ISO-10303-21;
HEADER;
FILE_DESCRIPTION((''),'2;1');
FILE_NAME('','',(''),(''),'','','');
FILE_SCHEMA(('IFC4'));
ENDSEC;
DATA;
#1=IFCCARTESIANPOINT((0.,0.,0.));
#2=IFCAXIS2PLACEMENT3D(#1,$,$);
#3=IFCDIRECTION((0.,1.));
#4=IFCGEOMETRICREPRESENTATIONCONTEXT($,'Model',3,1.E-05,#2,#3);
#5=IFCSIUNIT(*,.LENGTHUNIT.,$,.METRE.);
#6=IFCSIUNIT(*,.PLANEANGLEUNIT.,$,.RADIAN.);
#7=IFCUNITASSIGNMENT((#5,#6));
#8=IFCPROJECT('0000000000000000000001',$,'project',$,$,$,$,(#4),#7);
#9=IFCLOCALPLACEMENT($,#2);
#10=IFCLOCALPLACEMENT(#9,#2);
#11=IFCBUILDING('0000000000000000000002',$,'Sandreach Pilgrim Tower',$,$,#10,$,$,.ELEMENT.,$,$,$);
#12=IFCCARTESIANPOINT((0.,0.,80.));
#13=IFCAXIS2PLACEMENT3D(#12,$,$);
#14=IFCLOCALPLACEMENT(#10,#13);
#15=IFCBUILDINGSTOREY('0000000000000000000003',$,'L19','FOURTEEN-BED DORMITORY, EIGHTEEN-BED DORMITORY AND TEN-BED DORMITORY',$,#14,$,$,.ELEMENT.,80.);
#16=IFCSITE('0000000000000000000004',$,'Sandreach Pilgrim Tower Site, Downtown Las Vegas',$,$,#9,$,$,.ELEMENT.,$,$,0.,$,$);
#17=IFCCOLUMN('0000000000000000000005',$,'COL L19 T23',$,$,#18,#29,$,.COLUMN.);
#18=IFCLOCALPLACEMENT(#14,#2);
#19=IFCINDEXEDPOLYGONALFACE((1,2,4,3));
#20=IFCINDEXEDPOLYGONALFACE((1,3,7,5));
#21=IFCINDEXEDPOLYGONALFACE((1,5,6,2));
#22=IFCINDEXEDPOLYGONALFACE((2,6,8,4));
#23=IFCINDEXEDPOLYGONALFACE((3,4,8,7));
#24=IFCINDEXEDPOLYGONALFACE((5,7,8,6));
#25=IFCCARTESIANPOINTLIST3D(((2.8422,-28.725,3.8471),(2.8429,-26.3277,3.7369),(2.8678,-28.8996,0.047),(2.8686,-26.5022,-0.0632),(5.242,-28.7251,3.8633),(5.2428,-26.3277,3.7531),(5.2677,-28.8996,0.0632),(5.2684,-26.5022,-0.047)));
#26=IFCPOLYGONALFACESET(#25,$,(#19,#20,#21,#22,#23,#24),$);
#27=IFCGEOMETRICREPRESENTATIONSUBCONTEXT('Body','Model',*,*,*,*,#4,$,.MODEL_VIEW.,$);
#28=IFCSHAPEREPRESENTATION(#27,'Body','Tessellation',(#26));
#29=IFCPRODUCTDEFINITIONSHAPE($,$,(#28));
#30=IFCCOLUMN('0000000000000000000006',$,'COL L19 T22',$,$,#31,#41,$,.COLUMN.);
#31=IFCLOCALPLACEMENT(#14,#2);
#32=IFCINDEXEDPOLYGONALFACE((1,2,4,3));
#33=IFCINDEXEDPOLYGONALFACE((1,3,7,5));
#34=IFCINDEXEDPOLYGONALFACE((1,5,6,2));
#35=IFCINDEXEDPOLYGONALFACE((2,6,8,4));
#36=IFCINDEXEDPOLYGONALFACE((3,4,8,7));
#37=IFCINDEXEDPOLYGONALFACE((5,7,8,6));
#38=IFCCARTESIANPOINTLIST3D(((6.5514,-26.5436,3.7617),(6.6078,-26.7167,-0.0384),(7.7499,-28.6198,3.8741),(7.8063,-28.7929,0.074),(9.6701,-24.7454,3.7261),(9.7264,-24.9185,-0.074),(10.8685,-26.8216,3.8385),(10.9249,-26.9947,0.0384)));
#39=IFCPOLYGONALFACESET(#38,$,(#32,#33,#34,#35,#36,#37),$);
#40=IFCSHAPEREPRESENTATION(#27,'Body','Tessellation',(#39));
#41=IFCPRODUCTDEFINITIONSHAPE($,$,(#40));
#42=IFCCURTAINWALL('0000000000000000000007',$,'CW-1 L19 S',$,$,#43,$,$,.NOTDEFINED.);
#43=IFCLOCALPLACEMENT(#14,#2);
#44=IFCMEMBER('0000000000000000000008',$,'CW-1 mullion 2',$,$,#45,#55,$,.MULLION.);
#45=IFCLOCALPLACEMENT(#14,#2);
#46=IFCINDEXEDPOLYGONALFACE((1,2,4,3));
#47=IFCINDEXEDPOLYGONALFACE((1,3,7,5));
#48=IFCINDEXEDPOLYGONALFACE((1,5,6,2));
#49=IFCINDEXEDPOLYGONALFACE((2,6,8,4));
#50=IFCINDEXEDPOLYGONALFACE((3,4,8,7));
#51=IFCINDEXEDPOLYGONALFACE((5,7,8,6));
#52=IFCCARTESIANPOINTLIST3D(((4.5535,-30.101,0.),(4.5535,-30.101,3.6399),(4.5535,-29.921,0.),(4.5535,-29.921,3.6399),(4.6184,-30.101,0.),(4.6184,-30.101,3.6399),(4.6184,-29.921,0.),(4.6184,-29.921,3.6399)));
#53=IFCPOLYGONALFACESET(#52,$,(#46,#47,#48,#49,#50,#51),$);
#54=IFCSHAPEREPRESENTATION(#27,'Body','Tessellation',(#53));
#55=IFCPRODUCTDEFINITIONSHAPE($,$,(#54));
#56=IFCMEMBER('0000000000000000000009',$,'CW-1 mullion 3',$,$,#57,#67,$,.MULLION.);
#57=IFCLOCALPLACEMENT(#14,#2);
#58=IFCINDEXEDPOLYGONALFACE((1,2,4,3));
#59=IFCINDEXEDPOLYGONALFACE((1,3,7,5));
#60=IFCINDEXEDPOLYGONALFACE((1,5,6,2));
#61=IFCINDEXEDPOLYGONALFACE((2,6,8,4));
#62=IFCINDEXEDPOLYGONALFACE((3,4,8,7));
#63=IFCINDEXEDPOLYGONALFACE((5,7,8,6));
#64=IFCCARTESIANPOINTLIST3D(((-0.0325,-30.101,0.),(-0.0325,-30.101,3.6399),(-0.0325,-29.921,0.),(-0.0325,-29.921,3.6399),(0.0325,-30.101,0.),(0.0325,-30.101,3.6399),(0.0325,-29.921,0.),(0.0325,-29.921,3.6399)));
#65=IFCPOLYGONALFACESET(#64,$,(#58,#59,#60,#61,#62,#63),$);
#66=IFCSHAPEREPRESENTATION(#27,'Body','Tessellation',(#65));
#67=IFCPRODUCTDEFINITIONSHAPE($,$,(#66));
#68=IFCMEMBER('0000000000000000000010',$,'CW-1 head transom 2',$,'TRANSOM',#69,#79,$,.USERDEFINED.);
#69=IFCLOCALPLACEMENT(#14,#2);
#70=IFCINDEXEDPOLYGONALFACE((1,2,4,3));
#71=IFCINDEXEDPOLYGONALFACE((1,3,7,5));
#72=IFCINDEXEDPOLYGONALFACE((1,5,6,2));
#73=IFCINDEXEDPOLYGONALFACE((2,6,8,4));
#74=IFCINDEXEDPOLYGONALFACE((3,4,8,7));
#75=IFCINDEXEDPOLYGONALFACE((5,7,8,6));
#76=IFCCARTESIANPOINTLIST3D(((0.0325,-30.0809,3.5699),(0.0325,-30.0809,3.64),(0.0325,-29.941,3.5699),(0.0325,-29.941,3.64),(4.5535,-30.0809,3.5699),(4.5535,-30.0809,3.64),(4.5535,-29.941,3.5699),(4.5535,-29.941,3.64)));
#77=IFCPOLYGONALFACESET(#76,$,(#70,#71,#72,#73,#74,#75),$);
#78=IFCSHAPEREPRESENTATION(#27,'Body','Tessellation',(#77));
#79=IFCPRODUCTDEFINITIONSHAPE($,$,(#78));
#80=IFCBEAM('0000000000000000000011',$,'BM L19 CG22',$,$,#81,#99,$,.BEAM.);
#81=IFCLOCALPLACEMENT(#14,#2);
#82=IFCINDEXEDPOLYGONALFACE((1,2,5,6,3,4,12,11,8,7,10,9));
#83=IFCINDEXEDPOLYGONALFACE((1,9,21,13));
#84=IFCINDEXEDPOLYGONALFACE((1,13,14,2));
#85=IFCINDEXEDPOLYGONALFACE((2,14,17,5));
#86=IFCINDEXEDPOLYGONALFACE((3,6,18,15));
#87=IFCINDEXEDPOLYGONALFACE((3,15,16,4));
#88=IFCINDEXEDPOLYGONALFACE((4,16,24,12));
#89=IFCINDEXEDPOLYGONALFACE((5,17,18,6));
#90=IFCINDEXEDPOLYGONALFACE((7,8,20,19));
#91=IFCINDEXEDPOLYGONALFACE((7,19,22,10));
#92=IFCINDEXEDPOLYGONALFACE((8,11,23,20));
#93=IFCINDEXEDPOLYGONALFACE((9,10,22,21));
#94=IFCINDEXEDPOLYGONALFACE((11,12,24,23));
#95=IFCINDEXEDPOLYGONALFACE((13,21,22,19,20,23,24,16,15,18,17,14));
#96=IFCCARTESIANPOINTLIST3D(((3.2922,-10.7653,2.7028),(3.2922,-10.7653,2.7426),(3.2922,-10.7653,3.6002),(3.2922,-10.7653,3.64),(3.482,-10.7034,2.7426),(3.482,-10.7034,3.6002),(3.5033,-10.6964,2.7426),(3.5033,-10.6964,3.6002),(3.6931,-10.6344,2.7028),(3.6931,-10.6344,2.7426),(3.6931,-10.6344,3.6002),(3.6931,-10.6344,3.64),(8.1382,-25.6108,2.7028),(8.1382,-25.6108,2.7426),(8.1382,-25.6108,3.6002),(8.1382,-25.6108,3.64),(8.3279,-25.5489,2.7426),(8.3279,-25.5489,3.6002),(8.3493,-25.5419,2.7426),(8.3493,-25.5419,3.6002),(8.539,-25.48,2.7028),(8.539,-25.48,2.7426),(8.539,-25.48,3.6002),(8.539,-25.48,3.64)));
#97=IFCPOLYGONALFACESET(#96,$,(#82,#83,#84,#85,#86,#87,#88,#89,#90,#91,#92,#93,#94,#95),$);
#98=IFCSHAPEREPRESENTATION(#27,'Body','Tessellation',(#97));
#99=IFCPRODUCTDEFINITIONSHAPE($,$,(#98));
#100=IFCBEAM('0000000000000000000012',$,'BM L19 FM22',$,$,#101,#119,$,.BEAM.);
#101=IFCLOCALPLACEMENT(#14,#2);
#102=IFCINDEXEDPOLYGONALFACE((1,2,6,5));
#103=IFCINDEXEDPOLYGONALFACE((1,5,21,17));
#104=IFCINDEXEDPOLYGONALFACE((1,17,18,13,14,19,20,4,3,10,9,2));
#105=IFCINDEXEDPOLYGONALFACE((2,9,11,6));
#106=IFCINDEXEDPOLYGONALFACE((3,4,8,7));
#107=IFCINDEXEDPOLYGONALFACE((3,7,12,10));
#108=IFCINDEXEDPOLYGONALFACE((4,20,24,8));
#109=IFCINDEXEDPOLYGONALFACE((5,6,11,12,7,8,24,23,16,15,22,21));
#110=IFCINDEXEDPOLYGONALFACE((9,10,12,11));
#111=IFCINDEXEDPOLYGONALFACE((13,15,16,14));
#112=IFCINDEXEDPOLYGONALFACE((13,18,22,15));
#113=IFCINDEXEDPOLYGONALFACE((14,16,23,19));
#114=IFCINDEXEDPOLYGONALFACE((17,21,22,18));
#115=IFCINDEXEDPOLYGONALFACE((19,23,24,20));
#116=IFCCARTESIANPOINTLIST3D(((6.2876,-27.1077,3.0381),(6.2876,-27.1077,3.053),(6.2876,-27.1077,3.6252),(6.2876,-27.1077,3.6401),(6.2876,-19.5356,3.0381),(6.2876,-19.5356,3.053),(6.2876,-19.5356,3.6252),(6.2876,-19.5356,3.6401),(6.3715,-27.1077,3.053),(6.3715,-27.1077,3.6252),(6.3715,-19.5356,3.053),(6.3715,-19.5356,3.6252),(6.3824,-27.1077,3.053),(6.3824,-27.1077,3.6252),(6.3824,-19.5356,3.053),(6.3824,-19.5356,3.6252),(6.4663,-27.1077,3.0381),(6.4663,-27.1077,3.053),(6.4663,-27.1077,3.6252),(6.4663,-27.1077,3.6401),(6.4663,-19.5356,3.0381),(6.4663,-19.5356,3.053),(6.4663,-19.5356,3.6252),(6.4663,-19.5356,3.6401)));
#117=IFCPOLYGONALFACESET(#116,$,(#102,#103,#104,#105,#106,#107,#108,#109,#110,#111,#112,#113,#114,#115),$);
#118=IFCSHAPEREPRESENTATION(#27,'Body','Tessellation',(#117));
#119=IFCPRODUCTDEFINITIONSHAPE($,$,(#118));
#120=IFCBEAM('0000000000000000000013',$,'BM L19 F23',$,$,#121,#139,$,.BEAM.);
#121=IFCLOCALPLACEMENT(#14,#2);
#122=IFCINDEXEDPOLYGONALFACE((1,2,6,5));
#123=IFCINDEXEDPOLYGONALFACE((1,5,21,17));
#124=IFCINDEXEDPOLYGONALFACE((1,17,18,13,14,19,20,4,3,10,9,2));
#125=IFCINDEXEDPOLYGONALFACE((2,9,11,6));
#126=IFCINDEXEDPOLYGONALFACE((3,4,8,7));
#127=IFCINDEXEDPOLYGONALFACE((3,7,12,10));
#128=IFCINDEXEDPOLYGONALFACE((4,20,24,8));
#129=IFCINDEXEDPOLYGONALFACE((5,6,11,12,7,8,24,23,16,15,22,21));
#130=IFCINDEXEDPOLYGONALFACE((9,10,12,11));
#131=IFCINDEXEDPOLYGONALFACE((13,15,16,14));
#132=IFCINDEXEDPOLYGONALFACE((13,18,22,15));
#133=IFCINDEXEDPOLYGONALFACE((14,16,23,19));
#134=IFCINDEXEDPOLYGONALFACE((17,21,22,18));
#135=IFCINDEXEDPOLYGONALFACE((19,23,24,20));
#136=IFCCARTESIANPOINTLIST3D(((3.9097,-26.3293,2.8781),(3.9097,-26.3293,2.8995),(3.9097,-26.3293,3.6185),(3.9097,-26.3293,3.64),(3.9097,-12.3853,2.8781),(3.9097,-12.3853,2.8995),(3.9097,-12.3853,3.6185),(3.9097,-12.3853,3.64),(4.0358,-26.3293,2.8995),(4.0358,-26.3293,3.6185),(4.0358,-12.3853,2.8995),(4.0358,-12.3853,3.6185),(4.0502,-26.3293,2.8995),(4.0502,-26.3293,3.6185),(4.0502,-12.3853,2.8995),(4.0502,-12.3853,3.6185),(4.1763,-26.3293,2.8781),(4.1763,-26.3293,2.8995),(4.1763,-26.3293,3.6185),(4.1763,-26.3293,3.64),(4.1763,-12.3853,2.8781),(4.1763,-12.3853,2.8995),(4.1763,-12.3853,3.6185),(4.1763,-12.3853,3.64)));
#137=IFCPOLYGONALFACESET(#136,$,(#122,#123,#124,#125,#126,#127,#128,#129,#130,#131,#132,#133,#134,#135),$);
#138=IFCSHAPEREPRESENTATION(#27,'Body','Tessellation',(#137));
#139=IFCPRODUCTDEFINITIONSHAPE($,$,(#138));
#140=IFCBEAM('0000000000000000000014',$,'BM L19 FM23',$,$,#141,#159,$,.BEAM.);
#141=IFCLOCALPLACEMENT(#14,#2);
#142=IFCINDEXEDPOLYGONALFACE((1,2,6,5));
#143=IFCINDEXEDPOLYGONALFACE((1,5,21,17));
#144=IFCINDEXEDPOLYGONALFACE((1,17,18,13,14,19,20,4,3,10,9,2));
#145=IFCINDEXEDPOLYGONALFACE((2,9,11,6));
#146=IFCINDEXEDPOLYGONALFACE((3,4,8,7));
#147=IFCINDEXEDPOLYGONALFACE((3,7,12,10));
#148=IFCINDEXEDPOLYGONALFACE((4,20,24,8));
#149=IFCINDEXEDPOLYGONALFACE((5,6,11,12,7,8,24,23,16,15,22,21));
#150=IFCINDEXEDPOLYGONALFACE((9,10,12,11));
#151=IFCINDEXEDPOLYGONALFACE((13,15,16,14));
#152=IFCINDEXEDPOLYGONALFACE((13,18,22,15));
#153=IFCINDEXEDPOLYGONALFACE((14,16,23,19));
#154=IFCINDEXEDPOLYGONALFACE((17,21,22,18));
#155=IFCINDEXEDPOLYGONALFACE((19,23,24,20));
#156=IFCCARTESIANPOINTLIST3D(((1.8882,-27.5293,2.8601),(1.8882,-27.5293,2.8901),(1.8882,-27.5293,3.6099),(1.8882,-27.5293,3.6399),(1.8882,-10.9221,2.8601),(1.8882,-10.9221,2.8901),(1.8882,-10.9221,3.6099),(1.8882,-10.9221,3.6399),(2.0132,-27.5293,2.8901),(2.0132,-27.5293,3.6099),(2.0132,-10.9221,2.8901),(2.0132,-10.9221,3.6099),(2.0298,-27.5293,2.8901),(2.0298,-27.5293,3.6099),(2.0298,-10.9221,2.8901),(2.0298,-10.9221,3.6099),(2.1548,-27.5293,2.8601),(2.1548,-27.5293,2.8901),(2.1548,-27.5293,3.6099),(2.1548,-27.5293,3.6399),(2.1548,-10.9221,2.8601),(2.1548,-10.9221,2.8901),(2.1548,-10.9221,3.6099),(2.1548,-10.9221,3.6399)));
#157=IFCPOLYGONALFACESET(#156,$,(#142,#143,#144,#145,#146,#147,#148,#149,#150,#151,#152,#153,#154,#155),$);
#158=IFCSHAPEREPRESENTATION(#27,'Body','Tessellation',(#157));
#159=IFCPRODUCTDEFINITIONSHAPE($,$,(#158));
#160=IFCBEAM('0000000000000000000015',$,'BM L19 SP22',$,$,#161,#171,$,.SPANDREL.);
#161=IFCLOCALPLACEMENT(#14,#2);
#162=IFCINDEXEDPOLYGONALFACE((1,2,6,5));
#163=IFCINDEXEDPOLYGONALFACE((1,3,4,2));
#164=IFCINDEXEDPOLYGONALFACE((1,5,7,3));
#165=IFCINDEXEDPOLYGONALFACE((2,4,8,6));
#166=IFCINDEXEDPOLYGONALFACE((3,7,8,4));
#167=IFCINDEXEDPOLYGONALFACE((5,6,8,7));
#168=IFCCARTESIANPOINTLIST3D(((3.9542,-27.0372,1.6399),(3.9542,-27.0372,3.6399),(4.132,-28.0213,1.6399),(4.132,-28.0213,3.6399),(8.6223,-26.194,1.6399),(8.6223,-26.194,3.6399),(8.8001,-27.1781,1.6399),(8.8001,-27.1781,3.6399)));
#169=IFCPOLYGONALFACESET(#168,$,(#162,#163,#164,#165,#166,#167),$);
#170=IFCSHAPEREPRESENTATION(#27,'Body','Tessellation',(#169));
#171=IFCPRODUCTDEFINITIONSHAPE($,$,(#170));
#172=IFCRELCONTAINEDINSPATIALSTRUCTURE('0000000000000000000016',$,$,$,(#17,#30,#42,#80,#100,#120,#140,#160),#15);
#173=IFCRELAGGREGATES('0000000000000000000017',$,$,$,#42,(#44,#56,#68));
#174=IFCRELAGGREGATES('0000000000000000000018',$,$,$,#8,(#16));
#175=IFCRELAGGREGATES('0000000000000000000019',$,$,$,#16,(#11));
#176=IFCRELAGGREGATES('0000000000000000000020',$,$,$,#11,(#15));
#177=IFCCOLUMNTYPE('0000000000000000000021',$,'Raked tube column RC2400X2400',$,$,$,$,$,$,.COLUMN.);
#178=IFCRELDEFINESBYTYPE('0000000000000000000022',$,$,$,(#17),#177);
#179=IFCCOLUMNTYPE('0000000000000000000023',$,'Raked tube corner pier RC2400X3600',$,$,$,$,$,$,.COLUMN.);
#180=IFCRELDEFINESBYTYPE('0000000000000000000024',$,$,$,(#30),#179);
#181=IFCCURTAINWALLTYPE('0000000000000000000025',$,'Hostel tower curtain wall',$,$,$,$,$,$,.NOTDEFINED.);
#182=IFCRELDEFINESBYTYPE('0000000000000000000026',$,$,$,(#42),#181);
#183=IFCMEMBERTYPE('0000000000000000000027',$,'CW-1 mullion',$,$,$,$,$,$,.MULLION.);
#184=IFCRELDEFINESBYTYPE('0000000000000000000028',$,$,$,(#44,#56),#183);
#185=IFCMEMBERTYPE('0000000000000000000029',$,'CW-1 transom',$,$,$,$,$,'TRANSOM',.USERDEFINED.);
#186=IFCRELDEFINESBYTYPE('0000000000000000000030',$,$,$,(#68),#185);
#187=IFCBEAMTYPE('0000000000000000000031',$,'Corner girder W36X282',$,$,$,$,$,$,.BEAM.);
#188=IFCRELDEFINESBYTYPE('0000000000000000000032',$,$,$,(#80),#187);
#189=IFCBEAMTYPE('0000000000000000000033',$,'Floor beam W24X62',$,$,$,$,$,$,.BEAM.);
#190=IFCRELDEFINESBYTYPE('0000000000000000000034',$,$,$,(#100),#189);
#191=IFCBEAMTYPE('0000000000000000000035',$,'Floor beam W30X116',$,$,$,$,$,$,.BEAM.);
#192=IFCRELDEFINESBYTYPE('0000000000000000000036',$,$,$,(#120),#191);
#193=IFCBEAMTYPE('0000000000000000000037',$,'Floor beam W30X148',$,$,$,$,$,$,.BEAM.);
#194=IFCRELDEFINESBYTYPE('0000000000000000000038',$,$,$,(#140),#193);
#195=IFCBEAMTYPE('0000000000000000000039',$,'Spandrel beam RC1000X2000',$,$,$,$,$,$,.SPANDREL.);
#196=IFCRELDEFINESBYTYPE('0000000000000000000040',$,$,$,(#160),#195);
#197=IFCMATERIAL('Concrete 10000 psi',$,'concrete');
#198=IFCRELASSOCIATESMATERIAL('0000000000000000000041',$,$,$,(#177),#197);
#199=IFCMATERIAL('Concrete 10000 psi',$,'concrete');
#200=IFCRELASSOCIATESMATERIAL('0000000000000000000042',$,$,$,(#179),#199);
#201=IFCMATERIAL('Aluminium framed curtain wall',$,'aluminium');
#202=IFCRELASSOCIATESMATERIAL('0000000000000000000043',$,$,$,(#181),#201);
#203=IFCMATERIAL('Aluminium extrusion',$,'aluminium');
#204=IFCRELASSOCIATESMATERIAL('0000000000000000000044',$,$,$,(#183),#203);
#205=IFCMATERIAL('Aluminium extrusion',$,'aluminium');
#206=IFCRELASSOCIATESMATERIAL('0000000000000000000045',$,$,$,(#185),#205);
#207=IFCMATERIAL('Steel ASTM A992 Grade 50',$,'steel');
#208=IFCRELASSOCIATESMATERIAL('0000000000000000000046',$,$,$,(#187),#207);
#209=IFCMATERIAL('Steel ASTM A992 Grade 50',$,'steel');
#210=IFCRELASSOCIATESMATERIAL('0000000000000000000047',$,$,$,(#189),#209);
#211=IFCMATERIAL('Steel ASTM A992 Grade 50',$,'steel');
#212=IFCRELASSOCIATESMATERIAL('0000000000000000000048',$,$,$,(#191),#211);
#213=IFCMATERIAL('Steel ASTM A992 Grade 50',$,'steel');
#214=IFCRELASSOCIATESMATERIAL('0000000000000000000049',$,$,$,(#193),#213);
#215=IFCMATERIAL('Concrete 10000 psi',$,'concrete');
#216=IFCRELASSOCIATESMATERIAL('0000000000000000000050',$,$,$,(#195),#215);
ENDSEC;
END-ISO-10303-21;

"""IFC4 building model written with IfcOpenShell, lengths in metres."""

from ifc_helpers import new_model, si_unit, direction, frame, origin, origin_2d, place, context, subcontext, project, spatial, rectangle, i_section, extrude, material, material_profile, profile_set, type_object, element, aggregate, save


model = new_model("IFC4")

# Units and contexts
model_context = context("Model", 3, precision=1e-05, world=origin(), true_north=direction((0.0, 1.0)))
body_context = subcontext(model_context, "Body", "Model", "MODEL_VIEW")
ifc_project = project(units=[si_unit("LENGTHUNIT", "METRE"), si_unit("PLANEANGLEUNIT", "RADIAN")], contexts=[model_context])

# Site, building, storey
site_placement = place(None, origin())
site = spatial("IfcSite", under=ifc_project, at=site_placement, Name="Sandreach Pilgrim Tower Site, Downtown Las Vegas", CompositionType="ELEMENT", RefElevation=0.0)
building_placement = place(site_placement, origin())
building = spatial("IfcBuilding", under=site, at=building_placement, Name="Sandreach Pilgrim Tower", CompositionType="ELEMENT")
storey_placement = place(building_placement, frame((0.0, 0.0, 80.0)))
storey = spatial("IfcBuildingStorey", under=building, at=storey_placement, Name="L19", Description="FOURTEEN-BED DORMITORY, EIGHTEEN-BED DORMITORY AND TEN-BED DORMITORY", CompositionType="ELEMENT", Elevation=80.0)

# Columns
ifc_material_1 = material(Name="Concrete 10000 psi", Category="concrete")
ifc_material_profile_1 = material_profile(ifc_material_1, rectangle(XDim=2.3999, YDim=2.3999, at=origin_2d()), Name="RC2400X2400")
ifc_profile_set_1 = profile_set([ifc_material_profile_1], Name="Concrete 10000 psi")
column_type_1 = type_object("IfcColumnType", Name="Raked tube column RC2400X2400", PredefinedType="COLUMN", material=ifc_profile_set_1)
column_1_placement = place(storey_placement, frame((4.0681, -27.7009, 0.0), z_axis=(-0.006739, 0.045887, 0.998924), x_axis=(-0.000315, -0.998947, 0.045886)))
element("IfcColumn", 1, at=column_1_placement, inside=storey, type_object=column_type_1, Name="COL L19 T23", PredefinedType="COLUMN", context=body_context, shape_type="SweptSolid", body=[
    extrude(rectangle(XDim=2.3999, YDim=2.3999, at=origin_2d()), origin(), (0.0, 0.0, 1.0), 3.8042),
])
ifc_material_2 = material(Name="Concrete 10000 psi", Category="concrete")
ifc_material_profile_2 = material_profile(ifc_material_2, rectangle(XDim=2.3999, YDim=3.6001, at=origin_2d()), Name="RC2400X3600")
ifc_profile_set_2 = profile_set([ifc_material_profile_2], Name="Concrete 10000 psi")
column_type_2 = type_object("IfcColumnType", Name="Raked tube corner pier RC2400X3600", PredefinedType="COLUMN", material=ifc_profile_set_2)
column_2_placement = place(storey_placement, frame((8.7664, -26.8557, 0.0), z_axis=(-0.014824, 0.045499, 0.998854), x_axis=(0.499371, -0.865122, 0.046818)))
element("IfcColumn", 2, at=column_2_placement, inside=storey, type_object=column_type_2, Name="COL L19 T22", PredefinedType="COLUMN", context=body_context, shape_type="SweptSolid", body=[
    extrude(rectangle(XDim=2.3999, YDim=3.6001, at=origin_2d()), origin(), (0.0, 0.0, 1.0), 3.8044),
])

# Curtain wall, members
ifc_material_3 = material(Name="Aluminium framed curtain wall", Category="aluminium")
curtain_wall_type = type_object("IfcCurtainWallType", Name="Hostel tower curtain wall", PredefinedType="NOTDEFINED", material=ifc_material_3)
curtain_wall_placement = place(storey_placement, origin())
curtain_wall = element("IfcCurtainWall", 3, at=curtain_wall_placement, inside=storey, type_object=curtain_wall_type, Name="CW-1 L19 S", PredefinedType="NOTDEFINED")
ifc_material_4 = material(Name="Aluminium extrusion", Category="aluminium")
ifc_material_profile_3 = material_profile(ifc_material_4, rectangle(XDim=0.0649, YDim=0.1799, at=origin_2d()), Name="CW-1M 65X180")
ifc_profile_set_3 = profile_set([ifc_material_profile_3], Name="Aluminium extrusion")
member_type_1 = type_object("IfcMemberType", Name="CW-1 mullion", PredefinedType="MULLION", material=ifc_profile_set_3)
member_1_placement = place(storey_placement, frame((4.5859, -30.011, 0.0), z_axis=(0.0, 0.0, 1.0), x_axis=(-1.0, 0.0, 0.0)))
member_1 = element("IfcMember", 4, at=member_1_placement, type_object=member_type_1, Name="CW-1 mullion 2", PredefinedType="MULLION", context=body_context, shape_type="SweptSolid", body=[
    extrude(rectangle(XDim=0.0649, YDim=0.1799, at=origin_2d()), origin(), (0.0, 0.0, 1.0), 3.6399),
])
member_2_placement = place(storey_placement, frame((0.0, -30.011, 0.0), z_axis=(0.0, 0.0, 1.0), x_axis=(-1.0, 0.0, 0.0)))
member_2 = element("IfcMember", 5, at=member_2_placement, type_object=member_type_1, Name="CW-1 mullion 3", PredefinedType="MULLION", context=body_context, shape_type="SweptSolid", body=[
    extrude(rectangle(XDim=0.0649, YDim=0.1799, at=origin_2d()), origin(), (0.0, 0.0, 1.0), 3.6399),
])
ifc_material_5 = material(Name="Aluminium extrusion", Category="aluminium")
ifc_material_profile_4 = material_profile(ifc_material_5, rectangle(XDim=0.1399, YDim=0.0701, at=origin_2d()), Name="CW-1T 140X70")
ifc_profile_set_4 = profile_set([ifc_material_profile_4], Name="Aluminium extrusion")
member_type_2 = type_object("IfcMemberType", Name="CW-1 transom", ElementType="TRANSOM", PredefinedType="USERDEFINED", material=ifc_profile_set_4)
member_3_placement = place(storey_placement, frame((4.5535, -30.011, 3.605), z_axis=(-1.0, 0.0, 0.0), x_axis=(0.0, -1.0, 0.0)))
member_3 = element("IfcMember", 6, at=member_3_placement, type_object=member_type_2, Name="CW-1 head transom 2", ObjectType="TRANSOM", PredefinedType="USERDEFINED", context=body_context, shape_type="SweptSolid", body=[
    extrude(rectangle(XDim=0.1399, YDim=0.0701, at=origin_2d()), origin(), (0.0, 0.0, 1.0), 4.521),
])

# Beams
ifc_material_6 = material(Name="Steel ASTM A992 Grade 50", Category="steel")
ifc_material_profile_5 = material_profile(ifc_material_6, i_section(OverallWidth=0.4216, OverallDepth=0.9373, WebThickness=0.0225, FlangeThickness=0.0398, at=origin_2d()), Name="W36X282")
ifc_profile_set_5 = profile_set([ifc_material_profile_5], Name="Steel ASTM A992 Grade 50")
beam_type_1 = type_object("IfcBeamType", Name="Corner girder W36X282", PredefinedType="BEAM", material=ifc_profile_set_5)
beam_1_placement = place(storey_placement, frame((8.3386, -25.5454, 3.1714), z_axis=(-0.310312, 0.950635, 0.0), x_axis=(-0.950635, -0.310312, 0.0)))
element("IfcBeam", 7, at=beam_1_placement, inside=storey, type_object=beam_type_1, Name="BM L19 CG22", PredefinedType="BEAM", context=body_context, shape_type="SweptSolid", body=[
    extrude(i_section(OverallWidth=0.4216, OverallDepth=0.9373, WebThickness=0.0225, FlangeThickness=0.0398, at=origin_2d()), origin(), (0.0, 0.0, 1.0), 15.6165),
])
ifc_material_7 = material(Name="Steel ASTM A992 Grade 50", Category="steel")
ifc_material_profile_6 = material_profile(ifc_material_7, i_section(OverallWidth=0.1787, OverallDepth=0.6021, WebThickness=0.011, FlangeThickness=0.0149, at=origin_2d()), Name="W24X62")
ifc_profile_set_6 = profile_set([ifc_material_profile_6], Name="Steel ASTM A992 Grade 50")
beam_type_2 = type_object("IfcBeamType", Name="Floor beam W24X62", PredefinedType="BEAM", material=ifc_profile_set_6)
beam_2_placement = place(storey_placement, frame((6.377, -27.1077, 3.3391), z_axis=(0.0, 1.0, 0.0), x_axis=(-1.0, 0.0, 0.0)))
element("IfcBeam", 8, at=beam_2_placement, inside=storey, type_object=beam_type_2, Name="BM L19 FM22", PredefinedType="BEAM", context=body_context, shape_type="SweptSolid", body=[
    extrude(i_section(OverallWidth=0.1787, OverallDepth=0.6021, WebThickness=0.011, FlangeThickness=0.0149, at=origin_2d()), origin(), (0.0, 0.0, 1.0), 7.572),
])
ifc_material_8 = material(Name="Steel ASTM A992 Grade 50", Category="steel")
ifc_material_profile_7 = material_profile(ifc_material_8, i_section(OverallWidth=0.2666, OverallDepth=0.762, WebThickness=0.0144, FlangeThickness=0.0215, at=origin_2d()), Name="W30X116")
ifc_profile_set_7 = profile_set([ifc_material_profile_7], Name="Steel ASTM A992 Grade 50")
beam_type_3 = type_object("IfcBeamType", Name="Floor beam W30X116", PredefinedType="BEAM", material=ifc_profile_set_7)
beam_3_placement = place(storey_placement, frame((4.043, -26.3293, 3.259), z_axis=(0.0, 1.0, 0.0), x_axis=(-1.0, 0.0, 0.0)))
element("IfcBeam", 9, at=beam_3_placement, inside=storey, type_object=beam_type_3, Name="BM L19 F23", PredefinedType="BEAM", context=body_context, shape_type="SweptSolid", body=[
    extrude(i_section(OverallWidth=0.2666, OverallDepth=0.762, WebThickness=0.0144, FlangeThickness=0.0215, at=origin_2d()), origin(), (0.0, 0.0, 1.0), 13.9441),
])
ifc_material_9 = material(Name="Steel ASTM A992 Grade 50", Category="steel")
ifc_material_profile_8 = material_profile(ifc_material_9, i_section(OverallWidth=0.2666, OverallDepth=0.7798, WebThickness=0.0166, FlangeThickness=0.03, at=origin_2d()), Name="W30X148")
ifc_profile_set_8 = profile_set([ifc_material_profile_8], Name="Steel ASTM A992 Grade 50")
beam_type_4 = type_object("IfcBeamType", Name="Floor beam W30X148", PredefinedType="BEAM", material=ifc_profile_set_8)
beam_4_placement = place(storey_placement, frame((2.0215, -27.5293, 3.25), z_axis=(0.0, 1.0, 0.0), x_axis=(-1.0, 0.0, 0.0)))
element("IfcBeam", 10, at=beam_4_placement, inside=storey, type_object=beam_type_4, Name="BM L19 FM23", PredefinedType="BEAM", context=body_context, shape_type="SweptSolid", body=[
    extrude(i_section(OverallWidth=0.2666, OverallDepth=0.7798, WebThickness=0.0166, FlangeThickness=0.03, at=origin_2d()), origin(), (0.0, 0.0, 1.0), 16.6072),
])
ifc_material_10 = material(Name="Concrete 10000 psi", Category="concrete")
ifc_material_profile_9 = material_profile(ifc_material_10, rectangle(XDim=1.0, YDim=2.0, at=origin_2d()), Name="RC1000X2000")
ifc_profile_set_9 = profile_set([ifc_material_profile_9], Name="Concrete 10000 psi")
beam_type_5 = type_object("IfcBeamType", Name="Spandrel beam RC1000X2000", PredefinedType="SPANDREL", material=ifc_profile_set_9)
beam_5_placement = place(storey_placement, frame((8.7112, -26.686, 2.6399), z_axis=(-0.984073, -0.177762, 0.0), x_axis=(0.177762, -0.984073, 0.0)))
element("IfcBeam", 11, at=beam_5_placement, inside=storey, type_object=beam_type_5, Name="BM L19 SP22", PredefinedType="SPANDREL", context=body_context, shape_type="SweptSolid", body=[
    extrude(rectangle(XDim=1.0, YDim=2.0, at=origin_2d()), origin(), (0.0, 0.0, 1.0), 4.7437),
])

aggregate(curtain_wall, [member_1, member_2, member_3])

save(model, "model.ifc")
